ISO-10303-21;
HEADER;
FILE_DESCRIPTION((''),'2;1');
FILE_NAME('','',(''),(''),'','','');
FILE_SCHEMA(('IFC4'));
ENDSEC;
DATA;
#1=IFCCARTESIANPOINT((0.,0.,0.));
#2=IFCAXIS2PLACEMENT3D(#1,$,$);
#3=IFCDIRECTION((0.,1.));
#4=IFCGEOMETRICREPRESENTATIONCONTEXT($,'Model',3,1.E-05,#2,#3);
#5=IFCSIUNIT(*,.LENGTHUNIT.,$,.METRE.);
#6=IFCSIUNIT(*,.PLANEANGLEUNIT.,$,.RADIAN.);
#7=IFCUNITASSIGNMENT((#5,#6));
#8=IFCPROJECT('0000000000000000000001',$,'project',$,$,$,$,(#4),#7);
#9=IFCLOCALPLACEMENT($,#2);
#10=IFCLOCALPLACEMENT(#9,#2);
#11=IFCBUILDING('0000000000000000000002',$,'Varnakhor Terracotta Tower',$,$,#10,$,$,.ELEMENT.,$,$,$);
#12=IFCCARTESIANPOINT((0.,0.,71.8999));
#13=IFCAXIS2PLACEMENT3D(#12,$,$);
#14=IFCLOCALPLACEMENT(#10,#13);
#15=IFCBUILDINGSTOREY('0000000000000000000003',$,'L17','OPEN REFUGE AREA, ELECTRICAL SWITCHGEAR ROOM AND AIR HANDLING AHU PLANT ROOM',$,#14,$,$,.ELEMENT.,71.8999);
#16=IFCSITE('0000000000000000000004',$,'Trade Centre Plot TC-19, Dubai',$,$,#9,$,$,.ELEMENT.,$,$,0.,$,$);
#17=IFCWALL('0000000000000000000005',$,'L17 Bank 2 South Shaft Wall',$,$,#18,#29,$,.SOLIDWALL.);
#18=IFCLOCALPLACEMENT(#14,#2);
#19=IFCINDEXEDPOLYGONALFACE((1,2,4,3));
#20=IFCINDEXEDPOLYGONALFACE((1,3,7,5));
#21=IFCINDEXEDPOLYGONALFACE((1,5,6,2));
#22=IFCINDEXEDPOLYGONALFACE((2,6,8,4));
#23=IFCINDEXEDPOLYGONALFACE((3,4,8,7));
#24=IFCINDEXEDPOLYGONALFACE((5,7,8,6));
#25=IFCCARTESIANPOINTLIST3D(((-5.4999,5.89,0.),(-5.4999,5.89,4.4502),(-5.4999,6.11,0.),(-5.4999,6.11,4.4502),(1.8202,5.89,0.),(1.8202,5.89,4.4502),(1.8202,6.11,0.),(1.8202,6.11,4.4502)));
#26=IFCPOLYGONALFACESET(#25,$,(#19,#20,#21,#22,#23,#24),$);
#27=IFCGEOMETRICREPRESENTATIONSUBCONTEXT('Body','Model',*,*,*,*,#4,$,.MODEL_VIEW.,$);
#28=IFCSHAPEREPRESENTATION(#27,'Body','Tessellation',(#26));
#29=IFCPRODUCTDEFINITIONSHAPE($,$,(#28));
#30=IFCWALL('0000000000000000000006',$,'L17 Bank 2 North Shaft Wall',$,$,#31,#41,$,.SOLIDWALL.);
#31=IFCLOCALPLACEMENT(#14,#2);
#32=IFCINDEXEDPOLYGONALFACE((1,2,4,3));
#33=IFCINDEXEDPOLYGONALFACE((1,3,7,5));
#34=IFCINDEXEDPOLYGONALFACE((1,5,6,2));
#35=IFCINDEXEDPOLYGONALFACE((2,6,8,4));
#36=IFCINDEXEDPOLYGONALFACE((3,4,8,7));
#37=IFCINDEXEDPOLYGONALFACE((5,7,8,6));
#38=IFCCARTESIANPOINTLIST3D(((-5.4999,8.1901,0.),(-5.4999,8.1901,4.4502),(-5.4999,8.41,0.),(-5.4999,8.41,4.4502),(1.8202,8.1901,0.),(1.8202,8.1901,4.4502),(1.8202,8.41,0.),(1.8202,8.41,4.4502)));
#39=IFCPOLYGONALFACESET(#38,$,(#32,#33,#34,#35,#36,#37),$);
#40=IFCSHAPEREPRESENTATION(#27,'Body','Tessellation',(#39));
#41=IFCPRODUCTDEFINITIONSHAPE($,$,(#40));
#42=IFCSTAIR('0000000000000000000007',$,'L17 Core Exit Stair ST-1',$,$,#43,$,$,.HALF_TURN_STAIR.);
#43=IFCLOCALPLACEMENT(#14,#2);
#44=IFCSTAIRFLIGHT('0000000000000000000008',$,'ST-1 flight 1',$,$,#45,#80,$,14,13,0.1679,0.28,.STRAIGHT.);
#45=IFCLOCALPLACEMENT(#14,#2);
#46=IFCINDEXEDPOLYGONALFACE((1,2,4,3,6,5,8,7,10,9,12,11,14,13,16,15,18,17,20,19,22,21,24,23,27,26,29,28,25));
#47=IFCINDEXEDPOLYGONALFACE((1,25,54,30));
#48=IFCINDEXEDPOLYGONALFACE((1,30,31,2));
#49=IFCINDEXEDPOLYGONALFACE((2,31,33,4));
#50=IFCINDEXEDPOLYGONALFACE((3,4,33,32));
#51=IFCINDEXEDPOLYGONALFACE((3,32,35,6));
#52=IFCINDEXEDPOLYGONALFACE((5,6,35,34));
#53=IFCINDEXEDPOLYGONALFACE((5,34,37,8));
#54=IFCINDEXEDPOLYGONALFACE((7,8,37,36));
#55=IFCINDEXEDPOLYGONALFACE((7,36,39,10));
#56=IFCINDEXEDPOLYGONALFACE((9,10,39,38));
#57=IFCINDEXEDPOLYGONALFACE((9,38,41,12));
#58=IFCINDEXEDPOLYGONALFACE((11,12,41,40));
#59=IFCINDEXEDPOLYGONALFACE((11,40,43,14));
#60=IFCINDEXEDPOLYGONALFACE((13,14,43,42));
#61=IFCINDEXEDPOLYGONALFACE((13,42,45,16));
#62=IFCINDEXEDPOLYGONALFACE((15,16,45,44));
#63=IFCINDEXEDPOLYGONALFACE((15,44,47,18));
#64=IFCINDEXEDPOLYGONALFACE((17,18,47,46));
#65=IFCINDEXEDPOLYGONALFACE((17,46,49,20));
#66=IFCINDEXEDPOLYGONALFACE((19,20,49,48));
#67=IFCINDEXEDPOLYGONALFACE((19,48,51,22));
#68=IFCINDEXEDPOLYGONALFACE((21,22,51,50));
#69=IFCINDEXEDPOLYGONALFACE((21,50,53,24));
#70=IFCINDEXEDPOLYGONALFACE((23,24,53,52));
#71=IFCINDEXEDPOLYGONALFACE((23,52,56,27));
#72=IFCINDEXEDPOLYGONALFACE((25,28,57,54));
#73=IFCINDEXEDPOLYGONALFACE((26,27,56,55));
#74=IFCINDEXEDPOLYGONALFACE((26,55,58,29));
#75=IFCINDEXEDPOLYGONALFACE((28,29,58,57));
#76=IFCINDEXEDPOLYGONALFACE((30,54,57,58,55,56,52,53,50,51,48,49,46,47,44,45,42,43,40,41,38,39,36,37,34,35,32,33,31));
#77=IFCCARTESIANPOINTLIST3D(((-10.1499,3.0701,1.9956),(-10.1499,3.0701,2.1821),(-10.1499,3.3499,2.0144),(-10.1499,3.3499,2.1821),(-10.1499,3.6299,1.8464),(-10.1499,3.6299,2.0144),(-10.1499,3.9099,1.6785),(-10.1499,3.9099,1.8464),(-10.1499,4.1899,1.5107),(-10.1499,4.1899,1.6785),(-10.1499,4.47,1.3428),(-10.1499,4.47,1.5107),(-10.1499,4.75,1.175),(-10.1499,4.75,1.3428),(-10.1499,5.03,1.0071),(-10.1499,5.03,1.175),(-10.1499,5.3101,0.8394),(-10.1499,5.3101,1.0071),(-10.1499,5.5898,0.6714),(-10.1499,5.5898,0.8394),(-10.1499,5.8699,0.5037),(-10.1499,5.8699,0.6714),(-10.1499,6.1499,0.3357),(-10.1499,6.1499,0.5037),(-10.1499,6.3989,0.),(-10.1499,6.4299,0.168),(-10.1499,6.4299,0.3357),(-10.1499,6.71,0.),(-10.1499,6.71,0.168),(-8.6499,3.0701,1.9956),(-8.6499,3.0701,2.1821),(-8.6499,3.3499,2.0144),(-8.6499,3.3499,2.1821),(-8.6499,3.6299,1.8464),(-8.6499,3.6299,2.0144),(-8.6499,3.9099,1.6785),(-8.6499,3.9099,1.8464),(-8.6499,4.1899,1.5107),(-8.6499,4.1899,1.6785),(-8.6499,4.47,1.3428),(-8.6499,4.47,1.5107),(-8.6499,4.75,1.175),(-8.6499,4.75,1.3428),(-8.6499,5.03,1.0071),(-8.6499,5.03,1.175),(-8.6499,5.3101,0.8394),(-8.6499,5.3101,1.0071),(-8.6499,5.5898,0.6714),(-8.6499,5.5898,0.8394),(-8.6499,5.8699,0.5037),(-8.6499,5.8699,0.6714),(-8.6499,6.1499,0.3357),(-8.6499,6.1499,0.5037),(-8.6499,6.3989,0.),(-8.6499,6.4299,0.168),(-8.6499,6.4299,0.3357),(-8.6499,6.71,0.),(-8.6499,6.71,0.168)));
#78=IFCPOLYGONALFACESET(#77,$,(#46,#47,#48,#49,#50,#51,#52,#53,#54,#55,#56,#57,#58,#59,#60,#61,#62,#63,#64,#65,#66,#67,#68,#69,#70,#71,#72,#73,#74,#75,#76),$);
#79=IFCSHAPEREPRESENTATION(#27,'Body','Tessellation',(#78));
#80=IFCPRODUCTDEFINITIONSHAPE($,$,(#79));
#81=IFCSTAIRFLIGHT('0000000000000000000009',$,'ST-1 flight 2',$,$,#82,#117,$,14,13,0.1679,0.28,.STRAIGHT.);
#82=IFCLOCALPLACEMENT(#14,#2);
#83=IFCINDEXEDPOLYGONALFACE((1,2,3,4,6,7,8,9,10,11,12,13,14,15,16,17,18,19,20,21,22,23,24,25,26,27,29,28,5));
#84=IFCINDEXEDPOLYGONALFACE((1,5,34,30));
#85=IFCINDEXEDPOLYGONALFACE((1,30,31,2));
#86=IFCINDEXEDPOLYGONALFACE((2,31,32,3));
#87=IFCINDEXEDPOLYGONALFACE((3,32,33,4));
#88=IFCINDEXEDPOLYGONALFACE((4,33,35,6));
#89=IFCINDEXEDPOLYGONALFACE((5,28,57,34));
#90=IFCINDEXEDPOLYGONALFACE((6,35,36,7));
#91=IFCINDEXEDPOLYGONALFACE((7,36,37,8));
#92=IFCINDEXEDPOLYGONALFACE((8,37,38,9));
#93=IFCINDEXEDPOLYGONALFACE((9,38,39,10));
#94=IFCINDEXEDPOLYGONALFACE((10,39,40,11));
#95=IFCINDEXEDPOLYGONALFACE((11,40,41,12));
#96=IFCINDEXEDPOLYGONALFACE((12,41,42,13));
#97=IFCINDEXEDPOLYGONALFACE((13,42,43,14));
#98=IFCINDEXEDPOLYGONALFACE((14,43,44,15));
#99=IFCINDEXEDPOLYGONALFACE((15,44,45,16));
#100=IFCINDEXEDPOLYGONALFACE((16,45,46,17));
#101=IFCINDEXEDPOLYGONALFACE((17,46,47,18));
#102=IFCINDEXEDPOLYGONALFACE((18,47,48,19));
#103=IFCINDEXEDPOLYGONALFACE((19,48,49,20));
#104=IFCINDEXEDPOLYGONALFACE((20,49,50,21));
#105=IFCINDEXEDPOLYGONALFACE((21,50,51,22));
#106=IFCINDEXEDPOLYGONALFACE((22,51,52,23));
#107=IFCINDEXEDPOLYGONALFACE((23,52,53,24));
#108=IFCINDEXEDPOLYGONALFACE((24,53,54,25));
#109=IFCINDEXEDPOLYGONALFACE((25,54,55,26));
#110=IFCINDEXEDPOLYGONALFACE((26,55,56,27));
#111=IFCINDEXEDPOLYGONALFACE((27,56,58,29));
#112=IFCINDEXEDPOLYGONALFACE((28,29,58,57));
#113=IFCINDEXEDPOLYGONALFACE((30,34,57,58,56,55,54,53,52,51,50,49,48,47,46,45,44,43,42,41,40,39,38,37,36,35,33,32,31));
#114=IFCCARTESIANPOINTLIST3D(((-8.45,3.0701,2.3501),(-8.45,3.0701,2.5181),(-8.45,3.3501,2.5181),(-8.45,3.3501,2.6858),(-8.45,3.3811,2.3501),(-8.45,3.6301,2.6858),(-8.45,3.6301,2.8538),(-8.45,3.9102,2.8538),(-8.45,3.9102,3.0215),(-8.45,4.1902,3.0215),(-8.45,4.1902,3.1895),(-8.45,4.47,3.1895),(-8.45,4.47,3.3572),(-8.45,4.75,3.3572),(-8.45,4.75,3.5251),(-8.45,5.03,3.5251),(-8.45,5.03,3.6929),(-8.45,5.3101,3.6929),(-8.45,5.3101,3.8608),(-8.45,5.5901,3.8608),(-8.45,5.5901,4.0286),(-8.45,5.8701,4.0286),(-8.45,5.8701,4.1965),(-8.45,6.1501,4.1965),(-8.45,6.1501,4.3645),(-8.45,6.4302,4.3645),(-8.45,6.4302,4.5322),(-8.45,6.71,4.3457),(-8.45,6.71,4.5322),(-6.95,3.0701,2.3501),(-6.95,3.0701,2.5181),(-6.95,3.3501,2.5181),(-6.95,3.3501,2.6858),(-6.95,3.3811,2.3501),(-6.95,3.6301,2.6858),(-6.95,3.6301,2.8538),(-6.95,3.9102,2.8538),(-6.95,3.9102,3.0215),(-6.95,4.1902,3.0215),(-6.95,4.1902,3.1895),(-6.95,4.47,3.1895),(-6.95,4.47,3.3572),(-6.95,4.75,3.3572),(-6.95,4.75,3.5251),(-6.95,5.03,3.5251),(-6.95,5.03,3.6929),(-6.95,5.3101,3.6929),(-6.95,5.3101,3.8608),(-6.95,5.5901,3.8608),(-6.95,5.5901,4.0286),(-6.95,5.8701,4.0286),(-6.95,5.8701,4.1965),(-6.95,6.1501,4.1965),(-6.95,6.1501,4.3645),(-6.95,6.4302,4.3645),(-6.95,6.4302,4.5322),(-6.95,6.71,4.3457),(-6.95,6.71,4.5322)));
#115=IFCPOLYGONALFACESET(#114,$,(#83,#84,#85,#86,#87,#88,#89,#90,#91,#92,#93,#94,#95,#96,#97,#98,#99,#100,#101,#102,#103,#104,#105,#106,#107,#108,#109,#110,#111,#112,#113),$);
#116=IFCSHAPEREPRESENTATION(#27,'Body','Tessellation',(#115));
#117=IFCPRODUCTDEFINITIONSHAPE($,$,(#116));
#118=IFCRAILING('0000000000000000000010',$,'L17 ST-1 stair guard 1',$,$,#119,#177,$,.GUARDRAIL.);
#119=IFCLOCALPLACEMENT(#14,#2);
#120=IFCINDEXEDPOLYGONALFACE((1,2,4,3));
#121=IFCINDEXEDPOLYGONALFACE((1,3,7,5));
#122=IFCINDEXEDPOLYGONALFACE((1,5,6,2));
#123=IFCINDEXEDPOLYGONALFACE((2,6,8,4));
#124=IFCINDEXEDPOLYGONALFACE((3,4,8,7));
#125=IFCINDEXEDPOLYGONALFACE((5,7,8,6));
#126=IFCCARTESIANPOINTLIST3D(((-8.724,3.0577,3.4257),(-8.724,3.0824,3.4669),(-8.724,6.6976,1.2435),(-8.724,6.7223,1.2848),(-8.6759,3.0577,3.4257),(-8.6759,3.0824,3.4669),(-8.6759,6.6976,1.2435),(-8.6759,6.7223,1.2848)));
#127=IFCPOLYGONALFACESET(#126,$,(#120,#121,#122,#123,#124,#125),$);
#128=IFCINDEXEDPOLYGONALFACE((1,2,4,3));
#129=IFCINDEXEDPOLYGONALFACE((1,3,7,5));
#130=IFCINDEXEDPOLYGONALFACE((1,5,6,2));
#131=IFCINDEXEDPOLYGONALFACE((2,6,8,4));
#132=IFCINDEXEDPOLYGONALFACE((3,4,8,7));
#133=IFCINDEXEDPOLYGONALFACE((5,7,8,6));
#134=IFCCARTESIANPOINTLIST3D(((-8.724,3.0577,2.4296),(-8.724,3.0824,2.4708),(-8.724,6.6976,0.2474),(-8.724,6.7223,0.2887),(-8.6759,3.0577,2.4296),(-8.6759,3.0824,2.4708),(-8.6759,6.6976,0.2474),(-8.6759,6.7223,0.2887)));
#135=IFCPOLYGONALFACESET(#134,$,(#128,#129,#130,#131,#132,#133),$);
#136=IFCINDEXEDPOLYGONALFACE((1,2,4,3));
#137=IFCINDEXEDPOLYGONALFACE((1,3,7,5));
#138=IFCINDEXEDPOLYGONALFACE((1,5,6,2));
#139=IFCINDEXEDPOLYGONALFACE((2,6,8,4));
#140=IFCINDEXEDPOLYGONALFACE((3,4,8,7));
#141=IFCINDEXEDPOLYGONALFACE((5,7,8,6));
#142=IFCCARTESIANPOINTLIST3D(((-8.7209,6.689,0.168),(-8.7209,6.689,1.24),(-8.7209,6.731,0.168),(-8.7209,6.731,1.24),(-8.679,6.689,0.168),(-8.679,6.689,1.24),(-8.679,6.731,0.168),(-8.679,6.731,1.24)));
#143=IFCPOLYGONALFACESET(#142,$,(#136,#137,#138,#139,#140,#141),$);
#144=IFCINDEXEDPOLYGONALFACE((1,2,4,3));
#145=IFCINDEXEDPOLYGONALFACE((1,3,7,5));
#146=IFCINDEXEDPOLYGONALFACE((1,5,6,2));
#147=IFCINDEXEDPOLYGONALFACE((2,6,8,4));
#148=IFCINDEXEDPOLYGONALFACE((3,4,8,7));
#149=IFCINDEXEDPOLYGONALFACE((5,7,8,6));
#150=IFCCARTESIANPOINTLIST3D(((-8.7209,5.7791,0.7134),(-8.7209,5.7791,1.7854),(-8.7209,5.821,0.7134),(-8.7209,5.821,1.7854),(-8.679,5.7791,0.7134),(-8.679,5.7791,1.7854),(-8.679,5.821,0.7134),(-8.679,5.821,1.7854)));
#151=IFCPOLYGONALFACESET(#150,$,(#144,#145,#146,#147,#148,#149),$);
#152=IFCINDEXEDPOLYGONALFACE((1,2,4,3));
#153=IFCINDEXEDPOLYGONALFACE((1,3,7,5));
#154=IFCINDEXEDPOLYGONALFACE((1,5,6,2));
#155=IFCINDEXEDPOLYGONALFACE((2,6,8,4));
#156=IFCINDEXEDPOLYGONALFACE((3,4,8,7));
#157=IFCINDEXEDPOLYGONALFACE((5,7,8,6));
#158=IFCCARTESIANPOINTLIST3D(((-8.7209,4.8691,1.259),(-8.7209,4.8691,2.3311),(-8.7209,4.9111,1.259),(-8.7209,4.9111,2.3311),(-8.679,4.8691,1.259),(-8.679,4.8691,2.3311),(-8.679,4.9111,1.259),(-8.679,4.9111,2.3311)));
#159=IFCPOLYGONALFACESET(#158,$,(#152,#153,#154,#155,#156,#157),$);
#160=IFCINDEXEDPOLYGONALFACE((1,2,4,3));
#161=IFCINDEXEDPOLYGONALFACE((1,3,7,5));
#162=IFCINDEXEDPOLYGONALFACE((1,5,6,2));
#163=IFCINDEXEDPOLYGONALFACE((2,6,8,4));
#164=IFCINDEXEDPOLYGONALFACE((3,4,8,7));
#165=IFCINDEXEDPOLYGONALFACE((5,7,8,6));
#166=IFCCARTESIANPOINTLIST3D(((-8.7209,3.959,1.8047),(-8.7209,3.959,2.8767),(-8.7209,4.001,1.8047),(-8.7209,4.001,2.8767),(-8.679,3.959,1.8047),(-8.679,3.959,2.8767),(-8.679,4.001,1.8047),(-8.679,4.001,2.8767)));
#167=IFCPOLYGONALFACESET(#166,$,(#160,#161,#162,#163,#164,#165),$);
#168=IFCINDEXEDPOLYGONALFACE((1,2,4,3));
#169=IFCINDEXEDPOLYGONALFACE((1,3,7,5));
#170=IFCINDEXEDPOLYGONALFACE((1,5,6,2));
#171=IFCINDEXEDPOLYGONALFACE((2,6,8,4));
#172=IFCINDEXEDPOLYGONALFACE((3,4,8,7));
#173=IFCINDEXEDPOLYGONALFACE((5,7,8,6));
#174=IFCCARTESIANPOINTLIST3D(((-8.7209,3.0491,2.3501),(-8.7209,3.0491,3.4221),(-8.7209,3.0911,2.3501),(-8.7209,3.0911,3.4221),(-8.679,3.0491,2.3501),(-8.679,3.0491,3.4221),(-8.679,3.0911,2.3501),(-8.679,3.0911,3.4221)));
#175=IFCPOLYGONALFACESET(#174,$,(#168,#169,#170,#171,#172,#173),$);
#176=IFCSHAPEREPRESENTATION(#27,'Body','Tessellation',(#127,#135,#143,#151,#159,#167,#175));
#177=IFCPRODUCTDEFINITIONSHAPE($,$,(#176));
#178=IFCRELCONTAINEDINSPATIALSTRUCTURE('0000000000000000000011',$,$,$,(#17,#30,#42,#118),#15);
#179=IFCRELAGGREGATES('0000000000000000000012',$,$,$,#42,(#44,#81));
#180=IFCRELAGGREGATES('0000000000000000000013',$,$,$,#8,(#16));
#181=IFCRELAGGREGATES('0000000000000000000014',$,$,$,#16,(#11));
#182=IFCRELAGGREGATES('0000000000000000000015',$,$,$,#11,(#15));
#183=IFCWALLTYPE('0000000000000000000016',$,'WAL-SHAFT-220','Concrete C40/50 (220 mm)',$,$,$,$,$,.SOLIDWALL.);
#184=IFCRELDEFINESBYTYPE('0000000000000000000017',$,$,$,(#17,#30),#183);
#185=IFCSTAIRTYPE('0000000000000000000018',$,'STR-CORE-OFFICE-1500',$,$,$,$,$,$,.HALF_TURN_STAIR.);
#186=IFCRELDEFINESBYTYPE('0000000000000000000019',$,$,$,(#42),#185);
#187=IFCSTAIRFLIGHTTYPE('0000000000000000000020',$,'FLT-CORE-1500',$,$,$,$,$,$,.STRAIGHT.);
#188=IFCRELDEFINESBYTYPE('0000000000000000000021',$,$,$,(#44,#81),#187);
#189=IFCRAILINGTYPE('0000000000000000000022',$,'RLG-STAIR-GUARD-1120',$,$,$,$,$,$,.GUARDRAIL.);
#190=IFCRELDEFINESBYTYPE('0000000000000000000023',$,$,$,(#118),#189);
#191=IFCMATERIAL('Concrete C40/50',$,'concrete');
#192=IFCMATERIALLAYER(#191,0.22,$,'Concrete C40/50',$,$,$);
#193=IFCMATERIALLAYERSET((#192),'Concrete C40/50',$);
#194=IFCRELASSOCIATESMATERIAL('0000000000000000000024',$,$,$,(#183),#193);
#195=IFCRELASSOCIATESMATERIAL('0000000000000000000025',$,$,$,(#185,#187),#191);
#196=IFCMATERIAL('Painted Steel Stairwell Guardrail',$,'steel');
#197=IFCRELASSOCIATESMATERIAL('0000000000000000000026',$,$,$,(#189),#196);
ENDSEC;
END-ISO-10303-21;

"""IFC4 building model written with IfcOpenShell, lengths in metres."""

from ifc_helpers import new_model, si_unit, direction, frame, frame_2d, origin, origin_2d, place, context, subcontext, project, spatial, polyline, rectangle, outline, extrude, material, layer, layer_set, type_object, element, aggregate, save


model = new_model("IFC4")

# Units and contexts
model_context = context("Model", 3, precision=1e-05, world=origin(), true_north=direction((0.0, 1.0)))
body_context = subcontext(model_context, "Body", "Model", "MODEL_VIEW")
ifc_project = project(units=[si_unit("LENGTHUNIT", "METRE"), si_unit("PLANEANGLEUNIT", "RADIAN")], contexts=[model_context])

# Site, building, storey
site_placement = place(None, origin())
site = spatial("IfcSite", under=ifc_project, at=site_placement, Name="Trade Centre Plot TC-19, Dubai", CompositionType="ELEMENT", RefElevation=0.0)
building_placement = place(site_placement, origin())
building = spatial("IfcBuilding", under=site, at=building_placement, Name="Varnakhor Terracotta Tower", CompositionType="ELEMENT")
storey_placement = place(building_placement, frame((0.0, 0.0, 71.8999)))
storey = spatial("IfcBuildingStorey", under=building, at=storey_placement, Name="L17", Description="OPEN REFUGE AREA, ELECTRICAL SWITCHGEAR ROOM AND AIR HANDLING AHU PLANT ROOM", CompositionType="ELEMENT", Elevation=71.8999)

# Shared definitions
ifc_material_1 = material(Name="Concrete C40/50", Category="concrete")

# Shared definitions
ifc_layer_1 = layer(ifc_material_1, 0.22, Name="Concrete C40/50")
ifc_layer_set_1 = layer_set([ifc_layer_1], Name="Concrete C40/50")
wall_type_1 = type_object("IfcWallType", Name="WAL-SHAFT-220", Description="Concrete C40/50 (220 mm)", PredefinedType="SOLIDWALL", material=ifc_layer_set_1)

# Walls
for number, where, z_axis, x_axis, name in (
    (1, (-5.5, 6.0, 0.0), (0.0, 0.0, 1.0), (1.0, 0.0, 0.0), "L17 Bank 2 South Shaft Wall"),
    (2, (-5.5, 8.3, 0.0), (0.0, 0.0, 1.0), (1.0, 0.0, 0.0), "L17 Bank 2 North Shaft Wall"),
):
    element("IfcWall", number, at=place(storey_placement, frame(where, z_axis=z_axis, x_axis=x_axis)), inside=storey, type_object=wall_type_1, Name=name, PredefinedType="SOLIDWALL", context=body_context, shape_type="SweptSolid", body=[
        extrude(rectangle(XDim=7.3201, YDim=0.22, at=frame_2d((3.6602, 0.0))), origin(), (0.0, 0.0, 1.0), 4.4502),
    ])

# Stair, stair flights
stair_type = type_object("IfcStairType", Name="STR-CORE-OFFICE-1500", PredefinedType="HALF_TURN_STAIR", material=ifc_material_1)
stair_placement = place(storey_placement, origin())
stair = element("IfcStair", 3, at=stair_placement, inside=storey, type_object=stair_type, Name="L17 Core Exit Stair ST-1", PredefinedType="HALF_TURN_STAIR")
stair_flight_type = type_object("IfcStairFlightType", Name="FLT-CORE-1500", PredefinedType="STRAIGHT", material=ifc_material_1)
stair_flight_1_placement = place(storey_placement, frame((-9.3999, 6.71, 0.0), z_axis=(0.0, 0.0, 1.0), x_axis=(0.0, -1.0, 0.0)))
stair_flight_1 = element("IfcStairFlight", 4, at=stair_flight_1_placement, type_object=stair_flight_type, Name="ST-1 flight 1", NumberOfRisers=14, NumberOfTreads=13, PredefinedType="STRAIGHT", RiserHeight=0.1679, TreadLength=0.28, context=body_context, shape_type="SweptSolid", body=[
    extrude(outline(polyline([(0.0, 0.0), (0.0, 0.168), (0.28, 0.168), (0.28, 0.3357), (0.5601, 0.3357), (0.5601, 0.5037), (0.8401, 0.5037), (0.8401, 0.6714), (1.1201, 0.6714), (1.1201, 0.8394), (1.3999, 0.8394), (1.3999, 1.0071), (1.6799, 1.0071), (1.6799, 1.175), (1.96, 1.175), (1.96, 1.3428), (2.24, 1.3428), (2.24, 1.5107), (2.52, 1.5107), (2.52, 1.6785), (2.8, 1.6785), (2.8, 1.8464), (3.0801, 1.8464), (3.0801, 2.0144), (3.3601, 2.0144), (3.3601, 2.1821), (3.6399, 2.1821), (3.6399, 2.3501), (3.6399, 1.9956), (0.311, 0.0), (0.0, 0.0)])), frame((0.0, 0.75, 0.0), z_axis=(0.0, -1.0, 0.0), x_axis=(1.0, 0.0, 0.0)), (0.0, 0.0, 1.0), 1.5),
])
stair_flight_2_placement = place(storey_placement, frame((-7.7, 3.0701, 2.3501), z_axis=(0.0, 0.0, 1.0), x_axis=(0.0, 1.0, 0.0)))
stair_flight_2 = element("IfcStairFlight", 5, at=stair_flight_2_placement, type_object=stair_flight_type, Name="ST-1 flight 2", NumberOfRisers=14, NumberOfTreads=13, PredefinedType="STRAIGHT", RiserHeight=0.1679, TreadLength=0.28, context=body_context, shape_type="SweptSolid", body=[
    extrude(outline(polyline([(0.0, 0.0), (0.0, 0.168), (0.28, 0.168), (0.28, 0.3357), (0.5601, 0.3357), (0.5601, 0.5037), (0.8401, 0.5037), (0.8401, 0.6714), (1.1201, 0.6714), (1.1201, 0.8394), (1.3999, 0.8394), (1.3999, 1.0071), (1.6799, 1.0071), (1.6799, 1.175), (1.96, 1.175), (1.96, 1.3428), (2.24, 1.3428), (2.24, 1.5107), (2.52, 1.5107), (2.52, 1.6785), (2.8, 1.6785), (2.8, 1.8464), (3.0801, 1.8464), (3.0801, 2.0144), (3.3601, 2.0144), (3.3601, 2.1821), (3.6399, 2.1821), (3.6399, 2.3501), (3.6399, 1.9956), (0.311, 0.0), (0.0, 0.0)])), frame((0.0, 0.75, 0.0), z_axis=(0.0, -1.0, 0.0), x_axis=(1.0, 0.0, 0.0)), (0.0, 0.0, 1.0), 1.5),
])
aggregate(stair, [stair_flight_1, stair_flight_2])

# Railing
ifc_material_2 = material(Name="Painted Steel Stairwell Guardrail", Category="steel")
railing_type_1 = type_object("IfcRailingType", Name="RLG-STAIR-GUARD-1120", PredefinedType="GUARDRAIL", material=ifc_material_2)
railing_1_placement = place(storey_placement, frame((-8.7, 6.71, 0.168)))
element("IfcRailing", 6, at=railing_1_placement, inside=storey, type_object=railing_type_1, Name="L17 ST-1 stair guard 1", PredefinedType="GUARDRAIL", context=body_context, shape_type="SweptSolid", body=[
    extrude(rectangle(XDim=0.0481, YDim=0.0481, at=origin_2d()), frame((0.0, 0.0, 1.0962), z_axis=(0.0, -0.857681, 0.514183), x_axis=(1.0, 0.0, 0.0)), (0.0, 0.0, 1.0), 4.2439),
    extrude(rectangle(XDim=0.0481, YDim=0.0481, at=origin_2d()), frame((0.0, 0.0, 0.1001), z_axis=(0.0, -0.857681, 0.514183), x_axis=(1.0, 0.0, 0.0)), (0.0, 0.0, 1.0), 4.2439),
    extrude(rectangle(XDim=0.042, YDim=0.042, at=origin_2d()), origin(), (0.0, 0.0, 1.0), 1.072),
    extrude(rectangle(XDim=0.042, YDim=0.042, at=origin_2d()), frame((0.0, -0.9099, 0.5454)), (0.0, 0.0, 1.0), 1.072),
    extrude(rectangle(XDim=0.042, YDim=0.042, at=origin_2d()), frame((0.0, -1.8198, 1.0911)), (0.0, 0.0, 1.0), 1.072),
    extrude(rectangle(XDim=0.042, YDim=0.042, at=origin_2d()), frame((0.0, -2.73, 1.6367)), (0.0, 0.0, 1.0), 1.072),
    extrude(rectangle(XDim=0.042, YDim=0.042, at=origin_2d()), frame((0.0, -3.6399, 2.1821)), (0.0, 0.0, 1.0), 1.072),
])

save(model, "model.ifc")
